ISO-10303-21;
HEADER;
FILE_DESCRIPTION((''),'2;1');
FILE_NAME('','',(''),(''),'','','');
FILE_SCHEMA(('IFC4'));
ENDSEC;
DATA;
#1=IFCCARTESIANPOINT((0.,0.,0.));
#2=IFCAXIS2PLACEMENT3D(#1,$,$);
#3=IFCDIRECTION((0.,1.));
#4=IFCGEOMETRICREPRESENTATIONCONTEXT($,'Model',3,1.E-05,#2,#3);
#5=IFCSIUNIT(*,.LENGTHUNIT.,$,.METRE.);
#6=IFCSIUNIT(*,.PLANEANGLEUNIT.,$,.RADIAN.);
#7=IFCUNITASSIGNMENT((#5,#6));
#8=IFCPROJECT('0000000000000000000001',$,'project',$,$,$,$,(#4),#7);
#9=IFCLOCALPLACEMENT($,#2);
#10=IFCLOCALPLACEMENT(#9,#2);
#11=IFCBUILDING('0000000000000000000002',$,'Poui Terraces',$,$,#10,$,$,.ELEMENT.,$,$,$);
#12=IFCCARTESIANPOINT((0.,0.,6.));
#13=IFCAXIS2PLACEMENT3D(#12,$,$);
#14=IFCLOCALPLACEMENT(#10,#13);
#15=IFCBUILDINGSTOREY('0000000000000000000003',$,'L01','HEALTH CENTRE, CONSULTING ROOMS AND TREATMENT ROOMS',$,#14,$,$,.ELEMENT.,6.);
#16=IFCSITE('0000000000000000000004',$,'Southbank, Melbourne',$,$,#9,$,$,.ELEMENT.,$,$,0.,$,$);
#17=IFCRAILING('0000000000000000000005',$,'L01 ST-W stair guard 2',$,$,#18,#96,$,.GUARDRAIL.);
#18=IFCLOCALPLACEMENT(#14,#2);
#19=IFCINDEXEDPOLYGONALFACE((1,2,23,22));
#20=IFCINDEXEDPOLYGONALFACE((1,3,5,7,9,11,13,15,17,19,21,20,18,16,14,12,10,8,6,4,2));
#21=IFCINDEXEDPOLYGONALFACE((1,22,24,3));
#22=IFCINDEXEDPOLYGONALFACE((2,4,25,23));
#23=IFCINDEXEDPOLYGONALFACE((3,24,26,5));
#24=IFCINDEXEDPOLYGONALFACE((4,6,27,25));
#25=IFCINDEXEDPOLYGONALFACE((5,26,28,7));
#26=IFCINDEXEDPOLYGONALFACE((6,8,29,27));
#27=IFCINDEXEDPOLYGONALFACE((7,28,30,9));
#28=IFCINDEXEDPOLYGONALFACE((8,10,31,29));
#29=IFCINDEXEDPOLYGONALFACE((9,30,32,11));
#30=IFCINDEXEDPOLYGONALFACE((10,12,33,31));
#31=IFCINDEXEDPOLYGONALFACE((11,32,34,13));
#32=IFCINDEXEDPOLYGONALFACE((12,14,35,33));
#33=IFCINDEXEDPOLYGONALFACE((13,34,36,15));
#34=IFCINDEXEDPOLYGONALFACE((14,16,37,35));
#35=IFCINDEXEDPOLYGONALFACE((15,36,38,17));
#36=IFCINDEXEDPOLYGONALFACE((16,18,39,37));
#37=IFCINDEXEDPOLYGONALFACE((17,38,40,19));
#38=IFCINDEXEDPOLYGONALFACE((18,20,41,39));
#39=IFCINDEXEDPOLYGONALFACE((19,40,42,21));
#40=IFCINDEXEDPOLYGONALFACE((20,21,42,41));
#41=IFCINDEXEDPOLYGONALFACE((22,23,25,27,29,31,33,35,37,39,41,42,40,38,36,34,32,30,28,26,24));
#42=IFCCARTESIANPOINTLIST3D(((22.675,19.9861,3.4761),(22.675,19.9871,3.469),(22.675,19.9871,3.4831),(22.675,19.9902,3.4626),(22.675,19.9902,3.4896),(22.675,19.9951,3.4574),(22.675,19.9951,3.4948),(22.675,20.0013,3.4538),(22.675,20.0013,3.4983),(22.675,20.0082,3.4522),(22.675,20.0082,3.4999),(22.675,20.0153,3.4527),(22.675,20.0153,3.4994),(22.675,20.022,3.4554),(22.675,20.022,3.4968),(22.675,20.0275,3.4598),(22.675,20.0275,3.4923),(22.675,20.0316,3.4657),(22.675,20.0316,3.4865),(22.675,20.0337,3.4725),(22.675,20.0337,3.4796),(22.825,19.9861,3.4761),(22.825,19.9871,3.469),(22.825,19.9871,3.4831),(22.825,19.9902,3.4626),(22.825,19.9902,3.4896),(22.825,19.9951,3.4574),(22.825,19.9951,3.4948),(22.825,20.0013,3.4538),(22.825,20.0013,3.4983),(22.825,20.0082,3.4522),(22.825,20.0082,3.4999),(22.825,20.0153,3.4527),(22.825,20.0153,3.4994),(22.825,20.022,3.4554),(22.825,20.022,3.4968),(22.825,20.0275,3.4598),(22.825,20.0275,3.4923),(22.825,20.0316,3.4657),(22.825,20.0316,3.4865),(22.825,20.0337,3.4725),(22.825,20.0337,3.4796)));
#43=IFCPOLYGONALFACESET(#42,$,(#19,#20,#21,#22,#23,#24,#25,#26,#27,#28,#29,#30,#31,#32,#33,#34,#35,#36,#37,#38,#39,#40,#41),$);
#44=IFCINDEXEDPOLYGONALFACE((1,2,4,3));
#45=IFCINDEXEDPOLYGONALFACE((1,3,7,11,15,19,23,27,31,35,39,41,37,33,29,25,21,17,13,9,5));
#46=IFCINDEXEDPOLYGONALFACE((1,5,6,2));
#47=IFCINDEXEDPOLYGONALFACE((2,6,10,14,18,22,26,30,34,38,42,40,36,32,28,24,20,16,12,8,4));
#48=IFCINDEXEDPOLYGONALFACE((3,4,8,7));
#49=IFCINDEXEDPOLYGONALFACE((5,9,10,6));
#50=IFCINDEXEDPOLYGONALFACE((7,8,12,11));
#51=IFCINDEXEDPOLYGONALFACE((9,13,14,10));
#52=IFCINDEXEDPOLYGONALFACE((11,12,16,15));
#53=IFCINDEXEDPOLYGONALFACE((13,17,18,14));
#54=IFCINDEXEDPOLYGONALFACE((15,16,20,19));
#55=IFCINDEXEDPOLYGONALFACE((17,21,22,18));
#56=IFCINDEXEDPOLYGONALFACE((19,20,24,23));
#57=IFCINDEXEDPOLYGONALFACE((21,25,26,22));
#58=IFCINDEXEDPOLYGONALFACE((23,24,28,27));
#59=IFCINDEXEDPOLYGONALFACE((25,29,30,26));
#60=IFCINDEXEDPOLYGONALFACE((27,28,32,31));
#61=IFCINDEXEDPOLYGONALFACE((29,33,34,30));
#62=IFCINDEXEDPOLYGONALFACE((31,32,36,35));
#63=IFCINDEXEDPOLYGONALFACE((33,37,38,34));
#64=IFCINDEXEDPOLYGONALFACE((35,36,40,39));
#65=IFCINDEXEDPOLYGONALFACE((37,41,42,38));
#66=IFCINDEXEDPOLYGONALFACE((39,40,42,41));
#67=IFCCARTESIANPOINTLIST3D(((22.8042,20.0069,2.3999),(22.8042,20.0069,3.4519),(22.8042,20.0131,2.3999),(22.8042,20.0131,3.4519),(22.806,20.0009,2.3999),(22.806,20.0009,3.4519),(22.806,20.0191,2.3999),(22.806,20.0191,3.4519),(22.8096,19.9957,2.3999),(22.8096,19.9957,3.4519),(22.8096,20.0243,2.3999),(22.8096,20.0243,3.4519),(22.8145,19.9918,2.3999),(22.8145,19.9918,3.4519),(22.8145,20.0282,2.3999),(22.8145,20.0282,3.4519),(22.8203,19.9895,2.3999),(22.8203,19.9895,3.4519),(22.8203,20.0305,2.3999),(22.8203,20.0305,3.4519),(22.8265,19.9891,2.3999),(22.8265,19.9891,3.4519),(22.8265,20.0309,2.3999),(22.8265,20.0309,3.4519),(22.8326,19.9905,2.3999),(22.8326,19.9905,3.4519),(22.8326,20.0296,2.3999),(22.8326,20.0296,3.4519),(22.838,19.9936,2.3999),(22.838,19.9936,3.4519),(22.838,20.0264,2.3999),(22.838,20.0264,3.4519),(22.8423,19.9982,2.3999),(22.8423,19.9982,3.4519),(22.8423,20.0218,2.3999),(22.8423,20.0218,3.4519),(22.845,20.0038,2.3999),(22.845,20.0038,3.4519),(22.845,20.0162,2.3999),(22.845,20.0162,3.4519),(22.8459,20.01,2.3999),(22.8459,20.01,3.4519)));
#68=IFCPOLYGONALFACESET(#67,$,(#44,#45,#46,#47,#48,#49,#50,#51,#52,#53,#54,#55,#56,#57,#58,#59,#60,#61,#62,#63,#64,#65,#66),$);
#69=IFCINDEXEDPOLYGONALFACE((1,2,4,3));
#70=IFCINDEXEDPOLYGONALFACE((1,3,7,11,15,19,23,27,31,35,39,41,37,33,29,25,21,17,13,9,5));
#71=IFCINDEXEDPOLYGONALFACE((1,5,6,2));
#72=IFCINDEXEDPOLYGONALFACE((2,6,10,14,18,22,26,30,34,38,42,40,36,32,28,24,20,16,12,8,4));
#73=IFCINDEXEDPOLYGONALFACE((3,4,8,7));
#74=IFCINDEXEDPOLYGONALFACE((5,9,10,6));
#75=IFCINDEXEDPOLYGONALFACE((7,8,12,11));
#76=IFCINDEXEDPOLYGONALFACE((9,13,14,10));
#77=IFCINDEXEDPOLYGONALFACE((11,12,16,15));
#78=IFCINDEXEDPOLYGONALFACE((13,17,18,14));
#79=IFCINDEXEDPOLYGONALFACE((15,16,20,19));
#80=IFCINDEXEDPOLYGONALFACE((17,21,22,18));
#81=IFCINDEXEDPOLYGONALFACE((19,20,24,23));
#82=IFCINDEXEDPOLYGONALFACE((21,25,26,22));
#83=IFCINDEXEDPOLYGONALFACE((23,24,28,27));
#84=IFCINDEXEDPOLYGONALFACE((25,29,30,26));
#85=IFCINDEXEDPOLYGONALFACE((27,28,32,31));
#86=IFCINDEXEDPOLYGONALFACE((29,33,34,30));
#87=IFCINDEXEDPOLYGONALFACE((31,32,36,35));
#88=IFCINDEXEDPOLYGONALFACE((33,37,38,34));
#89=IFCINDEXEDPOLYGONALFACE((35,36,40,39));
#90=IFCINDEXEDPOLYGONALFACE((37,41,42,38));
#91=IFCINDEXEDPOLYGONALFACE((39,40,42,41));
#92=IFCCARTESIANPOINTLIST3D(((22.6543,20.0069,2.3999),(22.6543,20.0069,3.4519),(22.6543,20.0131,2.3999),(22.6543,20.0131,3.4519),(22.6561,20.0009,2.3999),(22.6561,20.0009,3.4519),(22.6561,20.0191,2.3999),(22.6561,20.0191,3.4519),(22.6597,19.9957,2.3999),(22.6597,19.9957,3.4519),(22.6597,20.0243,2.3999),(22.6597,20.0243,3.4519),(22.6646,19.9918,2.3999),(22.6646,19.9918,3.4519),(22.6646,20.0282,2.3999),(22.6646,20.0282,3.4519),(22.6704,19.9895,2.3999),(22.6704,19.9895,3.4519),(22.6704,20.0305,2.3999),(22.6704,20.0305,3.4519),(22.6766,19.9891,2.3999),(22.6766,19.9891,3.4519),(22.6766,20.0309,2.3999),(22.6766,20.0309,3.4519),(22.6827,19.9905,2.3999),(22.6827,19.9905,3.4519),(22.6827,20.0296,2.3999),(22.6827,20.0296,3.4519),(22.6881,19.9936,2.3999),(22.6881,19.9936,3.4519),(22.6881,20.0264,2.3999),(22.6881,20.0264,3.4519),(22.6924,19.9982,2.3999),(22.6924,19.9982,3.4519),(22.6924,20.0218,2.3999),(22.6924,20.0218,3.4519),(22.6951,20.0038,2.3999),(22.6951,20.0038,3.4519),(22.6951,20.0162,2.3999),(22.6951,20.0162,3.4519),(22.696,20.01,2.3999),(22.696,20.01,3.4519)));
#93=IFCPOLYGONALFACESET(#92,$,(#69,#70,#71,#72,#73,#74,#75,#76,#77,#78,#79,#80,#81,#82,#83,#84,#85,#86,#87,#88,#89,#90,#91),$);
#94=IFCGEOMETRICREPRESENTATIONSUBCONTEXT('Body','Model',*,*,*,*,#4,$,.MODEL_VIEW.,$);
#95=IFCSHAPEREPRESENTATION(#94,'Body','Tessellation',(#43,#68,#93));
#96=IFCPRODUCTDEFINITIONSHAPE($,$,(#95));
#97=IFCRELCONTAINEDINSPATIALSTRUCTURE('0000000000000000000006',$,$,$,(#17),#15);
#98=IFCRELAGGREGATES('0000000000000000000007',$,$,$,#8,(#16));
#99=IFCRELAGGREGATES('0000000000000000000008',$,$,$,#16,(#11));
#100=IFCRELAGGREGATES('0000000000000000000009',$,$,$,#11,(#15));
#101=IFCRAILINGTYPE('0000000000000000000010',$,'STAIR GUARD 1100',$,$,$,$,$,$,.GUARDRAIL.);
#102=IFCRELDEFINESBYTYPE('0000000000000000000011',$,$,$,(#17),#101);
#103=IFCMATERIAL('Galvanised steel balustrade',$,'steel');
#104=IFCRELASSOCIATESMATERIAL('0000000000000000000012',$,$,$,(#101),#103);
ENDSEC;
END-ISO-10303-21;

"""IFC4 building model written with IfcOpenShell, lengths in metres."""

from ifc_helpers import new_model, si_unit, direction, frame, origin, origin_2d, place, context, subcontext, project, spatial, circle, extrude, material, type_object, element, save


model = new_model("IFC4")

# Units and contexts
model_context = context("Model", 3, precision=1e-05, world=origin(), true_north=direction((0.0, 1.0)))
body_context = subcontext(model_context, "Body", "Model", "MODEL_VIEW")
ifc_project = project(units=[si_unit("LENGTHUNIT", "METRE"), si_unit("PLANEANGLEUNIT", "RADIAN")], contexts=[model_context])

# Site, building, storey
site_placement = place(None, origin())
site = spatial("IfcSite", under=ifc_project, at=site_placement, Name="Southbank, Melbourne", CompositionType="ELEMENT", RefElevation=0.0)
building_placement = place(site_placement, origin())
building = spatial("IfcBuilding", under=site, at=building_placement, Name="Poui Terraces", CompositionType="ELEMENT")
storey_placement = place(building_placement, frame((0.0, 0.0, 6.0)))
storey = spatial("IfcBuildingStorey", under=building, at=storey_placement, Name="L01", Description="HEALTH CENTRE, CONSULTING ROOMS AND TREATMENT ROOMS", CompositionType="ELEMENT", Elevation=6.0)

# Railing
ifc_material_1 = material(Name="Galvanised steel balustrade", Category="steel")
railing_type_1 = type_object("IfcRailingType", Name="STAIR GUARD 1100", PredefinedType="GUARDRAIL", material=ifc_material_1)
railing_1_placement = place(storey_placement, frame((22.825, 20.01, 2.3999)))
element("IfcRailing", 1, at=railing_1_placement, inside=storey, type_object=railing_type_1, Name="L01 ST-W stair guard 2", PredefinedType="GUARDRAIL", context=body_context, shape_type="SweptSolid", body=[
    extrude(circle(Radius=0.0239, at=origin_2d()), frame((0.0, 0.0, 1.0762), z_axis=(-1.0, 0.0, 0.0), x_axis=(0.0, -1.0, 0.0)), (0.0, 0.0, 1.0), 0.1499),
    extrude(circle(Radius=0.021, at=origin_2d()), origin(), (0.0, 0.0, 1.0), 1.052),
    extrude(circle(Radius=0.021, at=origin_2d()), frame((-0.1499, 0.0, 0.0)), (0.0, 0.0, 1.0), 1.052),
])

save(model, "model.ifc")
